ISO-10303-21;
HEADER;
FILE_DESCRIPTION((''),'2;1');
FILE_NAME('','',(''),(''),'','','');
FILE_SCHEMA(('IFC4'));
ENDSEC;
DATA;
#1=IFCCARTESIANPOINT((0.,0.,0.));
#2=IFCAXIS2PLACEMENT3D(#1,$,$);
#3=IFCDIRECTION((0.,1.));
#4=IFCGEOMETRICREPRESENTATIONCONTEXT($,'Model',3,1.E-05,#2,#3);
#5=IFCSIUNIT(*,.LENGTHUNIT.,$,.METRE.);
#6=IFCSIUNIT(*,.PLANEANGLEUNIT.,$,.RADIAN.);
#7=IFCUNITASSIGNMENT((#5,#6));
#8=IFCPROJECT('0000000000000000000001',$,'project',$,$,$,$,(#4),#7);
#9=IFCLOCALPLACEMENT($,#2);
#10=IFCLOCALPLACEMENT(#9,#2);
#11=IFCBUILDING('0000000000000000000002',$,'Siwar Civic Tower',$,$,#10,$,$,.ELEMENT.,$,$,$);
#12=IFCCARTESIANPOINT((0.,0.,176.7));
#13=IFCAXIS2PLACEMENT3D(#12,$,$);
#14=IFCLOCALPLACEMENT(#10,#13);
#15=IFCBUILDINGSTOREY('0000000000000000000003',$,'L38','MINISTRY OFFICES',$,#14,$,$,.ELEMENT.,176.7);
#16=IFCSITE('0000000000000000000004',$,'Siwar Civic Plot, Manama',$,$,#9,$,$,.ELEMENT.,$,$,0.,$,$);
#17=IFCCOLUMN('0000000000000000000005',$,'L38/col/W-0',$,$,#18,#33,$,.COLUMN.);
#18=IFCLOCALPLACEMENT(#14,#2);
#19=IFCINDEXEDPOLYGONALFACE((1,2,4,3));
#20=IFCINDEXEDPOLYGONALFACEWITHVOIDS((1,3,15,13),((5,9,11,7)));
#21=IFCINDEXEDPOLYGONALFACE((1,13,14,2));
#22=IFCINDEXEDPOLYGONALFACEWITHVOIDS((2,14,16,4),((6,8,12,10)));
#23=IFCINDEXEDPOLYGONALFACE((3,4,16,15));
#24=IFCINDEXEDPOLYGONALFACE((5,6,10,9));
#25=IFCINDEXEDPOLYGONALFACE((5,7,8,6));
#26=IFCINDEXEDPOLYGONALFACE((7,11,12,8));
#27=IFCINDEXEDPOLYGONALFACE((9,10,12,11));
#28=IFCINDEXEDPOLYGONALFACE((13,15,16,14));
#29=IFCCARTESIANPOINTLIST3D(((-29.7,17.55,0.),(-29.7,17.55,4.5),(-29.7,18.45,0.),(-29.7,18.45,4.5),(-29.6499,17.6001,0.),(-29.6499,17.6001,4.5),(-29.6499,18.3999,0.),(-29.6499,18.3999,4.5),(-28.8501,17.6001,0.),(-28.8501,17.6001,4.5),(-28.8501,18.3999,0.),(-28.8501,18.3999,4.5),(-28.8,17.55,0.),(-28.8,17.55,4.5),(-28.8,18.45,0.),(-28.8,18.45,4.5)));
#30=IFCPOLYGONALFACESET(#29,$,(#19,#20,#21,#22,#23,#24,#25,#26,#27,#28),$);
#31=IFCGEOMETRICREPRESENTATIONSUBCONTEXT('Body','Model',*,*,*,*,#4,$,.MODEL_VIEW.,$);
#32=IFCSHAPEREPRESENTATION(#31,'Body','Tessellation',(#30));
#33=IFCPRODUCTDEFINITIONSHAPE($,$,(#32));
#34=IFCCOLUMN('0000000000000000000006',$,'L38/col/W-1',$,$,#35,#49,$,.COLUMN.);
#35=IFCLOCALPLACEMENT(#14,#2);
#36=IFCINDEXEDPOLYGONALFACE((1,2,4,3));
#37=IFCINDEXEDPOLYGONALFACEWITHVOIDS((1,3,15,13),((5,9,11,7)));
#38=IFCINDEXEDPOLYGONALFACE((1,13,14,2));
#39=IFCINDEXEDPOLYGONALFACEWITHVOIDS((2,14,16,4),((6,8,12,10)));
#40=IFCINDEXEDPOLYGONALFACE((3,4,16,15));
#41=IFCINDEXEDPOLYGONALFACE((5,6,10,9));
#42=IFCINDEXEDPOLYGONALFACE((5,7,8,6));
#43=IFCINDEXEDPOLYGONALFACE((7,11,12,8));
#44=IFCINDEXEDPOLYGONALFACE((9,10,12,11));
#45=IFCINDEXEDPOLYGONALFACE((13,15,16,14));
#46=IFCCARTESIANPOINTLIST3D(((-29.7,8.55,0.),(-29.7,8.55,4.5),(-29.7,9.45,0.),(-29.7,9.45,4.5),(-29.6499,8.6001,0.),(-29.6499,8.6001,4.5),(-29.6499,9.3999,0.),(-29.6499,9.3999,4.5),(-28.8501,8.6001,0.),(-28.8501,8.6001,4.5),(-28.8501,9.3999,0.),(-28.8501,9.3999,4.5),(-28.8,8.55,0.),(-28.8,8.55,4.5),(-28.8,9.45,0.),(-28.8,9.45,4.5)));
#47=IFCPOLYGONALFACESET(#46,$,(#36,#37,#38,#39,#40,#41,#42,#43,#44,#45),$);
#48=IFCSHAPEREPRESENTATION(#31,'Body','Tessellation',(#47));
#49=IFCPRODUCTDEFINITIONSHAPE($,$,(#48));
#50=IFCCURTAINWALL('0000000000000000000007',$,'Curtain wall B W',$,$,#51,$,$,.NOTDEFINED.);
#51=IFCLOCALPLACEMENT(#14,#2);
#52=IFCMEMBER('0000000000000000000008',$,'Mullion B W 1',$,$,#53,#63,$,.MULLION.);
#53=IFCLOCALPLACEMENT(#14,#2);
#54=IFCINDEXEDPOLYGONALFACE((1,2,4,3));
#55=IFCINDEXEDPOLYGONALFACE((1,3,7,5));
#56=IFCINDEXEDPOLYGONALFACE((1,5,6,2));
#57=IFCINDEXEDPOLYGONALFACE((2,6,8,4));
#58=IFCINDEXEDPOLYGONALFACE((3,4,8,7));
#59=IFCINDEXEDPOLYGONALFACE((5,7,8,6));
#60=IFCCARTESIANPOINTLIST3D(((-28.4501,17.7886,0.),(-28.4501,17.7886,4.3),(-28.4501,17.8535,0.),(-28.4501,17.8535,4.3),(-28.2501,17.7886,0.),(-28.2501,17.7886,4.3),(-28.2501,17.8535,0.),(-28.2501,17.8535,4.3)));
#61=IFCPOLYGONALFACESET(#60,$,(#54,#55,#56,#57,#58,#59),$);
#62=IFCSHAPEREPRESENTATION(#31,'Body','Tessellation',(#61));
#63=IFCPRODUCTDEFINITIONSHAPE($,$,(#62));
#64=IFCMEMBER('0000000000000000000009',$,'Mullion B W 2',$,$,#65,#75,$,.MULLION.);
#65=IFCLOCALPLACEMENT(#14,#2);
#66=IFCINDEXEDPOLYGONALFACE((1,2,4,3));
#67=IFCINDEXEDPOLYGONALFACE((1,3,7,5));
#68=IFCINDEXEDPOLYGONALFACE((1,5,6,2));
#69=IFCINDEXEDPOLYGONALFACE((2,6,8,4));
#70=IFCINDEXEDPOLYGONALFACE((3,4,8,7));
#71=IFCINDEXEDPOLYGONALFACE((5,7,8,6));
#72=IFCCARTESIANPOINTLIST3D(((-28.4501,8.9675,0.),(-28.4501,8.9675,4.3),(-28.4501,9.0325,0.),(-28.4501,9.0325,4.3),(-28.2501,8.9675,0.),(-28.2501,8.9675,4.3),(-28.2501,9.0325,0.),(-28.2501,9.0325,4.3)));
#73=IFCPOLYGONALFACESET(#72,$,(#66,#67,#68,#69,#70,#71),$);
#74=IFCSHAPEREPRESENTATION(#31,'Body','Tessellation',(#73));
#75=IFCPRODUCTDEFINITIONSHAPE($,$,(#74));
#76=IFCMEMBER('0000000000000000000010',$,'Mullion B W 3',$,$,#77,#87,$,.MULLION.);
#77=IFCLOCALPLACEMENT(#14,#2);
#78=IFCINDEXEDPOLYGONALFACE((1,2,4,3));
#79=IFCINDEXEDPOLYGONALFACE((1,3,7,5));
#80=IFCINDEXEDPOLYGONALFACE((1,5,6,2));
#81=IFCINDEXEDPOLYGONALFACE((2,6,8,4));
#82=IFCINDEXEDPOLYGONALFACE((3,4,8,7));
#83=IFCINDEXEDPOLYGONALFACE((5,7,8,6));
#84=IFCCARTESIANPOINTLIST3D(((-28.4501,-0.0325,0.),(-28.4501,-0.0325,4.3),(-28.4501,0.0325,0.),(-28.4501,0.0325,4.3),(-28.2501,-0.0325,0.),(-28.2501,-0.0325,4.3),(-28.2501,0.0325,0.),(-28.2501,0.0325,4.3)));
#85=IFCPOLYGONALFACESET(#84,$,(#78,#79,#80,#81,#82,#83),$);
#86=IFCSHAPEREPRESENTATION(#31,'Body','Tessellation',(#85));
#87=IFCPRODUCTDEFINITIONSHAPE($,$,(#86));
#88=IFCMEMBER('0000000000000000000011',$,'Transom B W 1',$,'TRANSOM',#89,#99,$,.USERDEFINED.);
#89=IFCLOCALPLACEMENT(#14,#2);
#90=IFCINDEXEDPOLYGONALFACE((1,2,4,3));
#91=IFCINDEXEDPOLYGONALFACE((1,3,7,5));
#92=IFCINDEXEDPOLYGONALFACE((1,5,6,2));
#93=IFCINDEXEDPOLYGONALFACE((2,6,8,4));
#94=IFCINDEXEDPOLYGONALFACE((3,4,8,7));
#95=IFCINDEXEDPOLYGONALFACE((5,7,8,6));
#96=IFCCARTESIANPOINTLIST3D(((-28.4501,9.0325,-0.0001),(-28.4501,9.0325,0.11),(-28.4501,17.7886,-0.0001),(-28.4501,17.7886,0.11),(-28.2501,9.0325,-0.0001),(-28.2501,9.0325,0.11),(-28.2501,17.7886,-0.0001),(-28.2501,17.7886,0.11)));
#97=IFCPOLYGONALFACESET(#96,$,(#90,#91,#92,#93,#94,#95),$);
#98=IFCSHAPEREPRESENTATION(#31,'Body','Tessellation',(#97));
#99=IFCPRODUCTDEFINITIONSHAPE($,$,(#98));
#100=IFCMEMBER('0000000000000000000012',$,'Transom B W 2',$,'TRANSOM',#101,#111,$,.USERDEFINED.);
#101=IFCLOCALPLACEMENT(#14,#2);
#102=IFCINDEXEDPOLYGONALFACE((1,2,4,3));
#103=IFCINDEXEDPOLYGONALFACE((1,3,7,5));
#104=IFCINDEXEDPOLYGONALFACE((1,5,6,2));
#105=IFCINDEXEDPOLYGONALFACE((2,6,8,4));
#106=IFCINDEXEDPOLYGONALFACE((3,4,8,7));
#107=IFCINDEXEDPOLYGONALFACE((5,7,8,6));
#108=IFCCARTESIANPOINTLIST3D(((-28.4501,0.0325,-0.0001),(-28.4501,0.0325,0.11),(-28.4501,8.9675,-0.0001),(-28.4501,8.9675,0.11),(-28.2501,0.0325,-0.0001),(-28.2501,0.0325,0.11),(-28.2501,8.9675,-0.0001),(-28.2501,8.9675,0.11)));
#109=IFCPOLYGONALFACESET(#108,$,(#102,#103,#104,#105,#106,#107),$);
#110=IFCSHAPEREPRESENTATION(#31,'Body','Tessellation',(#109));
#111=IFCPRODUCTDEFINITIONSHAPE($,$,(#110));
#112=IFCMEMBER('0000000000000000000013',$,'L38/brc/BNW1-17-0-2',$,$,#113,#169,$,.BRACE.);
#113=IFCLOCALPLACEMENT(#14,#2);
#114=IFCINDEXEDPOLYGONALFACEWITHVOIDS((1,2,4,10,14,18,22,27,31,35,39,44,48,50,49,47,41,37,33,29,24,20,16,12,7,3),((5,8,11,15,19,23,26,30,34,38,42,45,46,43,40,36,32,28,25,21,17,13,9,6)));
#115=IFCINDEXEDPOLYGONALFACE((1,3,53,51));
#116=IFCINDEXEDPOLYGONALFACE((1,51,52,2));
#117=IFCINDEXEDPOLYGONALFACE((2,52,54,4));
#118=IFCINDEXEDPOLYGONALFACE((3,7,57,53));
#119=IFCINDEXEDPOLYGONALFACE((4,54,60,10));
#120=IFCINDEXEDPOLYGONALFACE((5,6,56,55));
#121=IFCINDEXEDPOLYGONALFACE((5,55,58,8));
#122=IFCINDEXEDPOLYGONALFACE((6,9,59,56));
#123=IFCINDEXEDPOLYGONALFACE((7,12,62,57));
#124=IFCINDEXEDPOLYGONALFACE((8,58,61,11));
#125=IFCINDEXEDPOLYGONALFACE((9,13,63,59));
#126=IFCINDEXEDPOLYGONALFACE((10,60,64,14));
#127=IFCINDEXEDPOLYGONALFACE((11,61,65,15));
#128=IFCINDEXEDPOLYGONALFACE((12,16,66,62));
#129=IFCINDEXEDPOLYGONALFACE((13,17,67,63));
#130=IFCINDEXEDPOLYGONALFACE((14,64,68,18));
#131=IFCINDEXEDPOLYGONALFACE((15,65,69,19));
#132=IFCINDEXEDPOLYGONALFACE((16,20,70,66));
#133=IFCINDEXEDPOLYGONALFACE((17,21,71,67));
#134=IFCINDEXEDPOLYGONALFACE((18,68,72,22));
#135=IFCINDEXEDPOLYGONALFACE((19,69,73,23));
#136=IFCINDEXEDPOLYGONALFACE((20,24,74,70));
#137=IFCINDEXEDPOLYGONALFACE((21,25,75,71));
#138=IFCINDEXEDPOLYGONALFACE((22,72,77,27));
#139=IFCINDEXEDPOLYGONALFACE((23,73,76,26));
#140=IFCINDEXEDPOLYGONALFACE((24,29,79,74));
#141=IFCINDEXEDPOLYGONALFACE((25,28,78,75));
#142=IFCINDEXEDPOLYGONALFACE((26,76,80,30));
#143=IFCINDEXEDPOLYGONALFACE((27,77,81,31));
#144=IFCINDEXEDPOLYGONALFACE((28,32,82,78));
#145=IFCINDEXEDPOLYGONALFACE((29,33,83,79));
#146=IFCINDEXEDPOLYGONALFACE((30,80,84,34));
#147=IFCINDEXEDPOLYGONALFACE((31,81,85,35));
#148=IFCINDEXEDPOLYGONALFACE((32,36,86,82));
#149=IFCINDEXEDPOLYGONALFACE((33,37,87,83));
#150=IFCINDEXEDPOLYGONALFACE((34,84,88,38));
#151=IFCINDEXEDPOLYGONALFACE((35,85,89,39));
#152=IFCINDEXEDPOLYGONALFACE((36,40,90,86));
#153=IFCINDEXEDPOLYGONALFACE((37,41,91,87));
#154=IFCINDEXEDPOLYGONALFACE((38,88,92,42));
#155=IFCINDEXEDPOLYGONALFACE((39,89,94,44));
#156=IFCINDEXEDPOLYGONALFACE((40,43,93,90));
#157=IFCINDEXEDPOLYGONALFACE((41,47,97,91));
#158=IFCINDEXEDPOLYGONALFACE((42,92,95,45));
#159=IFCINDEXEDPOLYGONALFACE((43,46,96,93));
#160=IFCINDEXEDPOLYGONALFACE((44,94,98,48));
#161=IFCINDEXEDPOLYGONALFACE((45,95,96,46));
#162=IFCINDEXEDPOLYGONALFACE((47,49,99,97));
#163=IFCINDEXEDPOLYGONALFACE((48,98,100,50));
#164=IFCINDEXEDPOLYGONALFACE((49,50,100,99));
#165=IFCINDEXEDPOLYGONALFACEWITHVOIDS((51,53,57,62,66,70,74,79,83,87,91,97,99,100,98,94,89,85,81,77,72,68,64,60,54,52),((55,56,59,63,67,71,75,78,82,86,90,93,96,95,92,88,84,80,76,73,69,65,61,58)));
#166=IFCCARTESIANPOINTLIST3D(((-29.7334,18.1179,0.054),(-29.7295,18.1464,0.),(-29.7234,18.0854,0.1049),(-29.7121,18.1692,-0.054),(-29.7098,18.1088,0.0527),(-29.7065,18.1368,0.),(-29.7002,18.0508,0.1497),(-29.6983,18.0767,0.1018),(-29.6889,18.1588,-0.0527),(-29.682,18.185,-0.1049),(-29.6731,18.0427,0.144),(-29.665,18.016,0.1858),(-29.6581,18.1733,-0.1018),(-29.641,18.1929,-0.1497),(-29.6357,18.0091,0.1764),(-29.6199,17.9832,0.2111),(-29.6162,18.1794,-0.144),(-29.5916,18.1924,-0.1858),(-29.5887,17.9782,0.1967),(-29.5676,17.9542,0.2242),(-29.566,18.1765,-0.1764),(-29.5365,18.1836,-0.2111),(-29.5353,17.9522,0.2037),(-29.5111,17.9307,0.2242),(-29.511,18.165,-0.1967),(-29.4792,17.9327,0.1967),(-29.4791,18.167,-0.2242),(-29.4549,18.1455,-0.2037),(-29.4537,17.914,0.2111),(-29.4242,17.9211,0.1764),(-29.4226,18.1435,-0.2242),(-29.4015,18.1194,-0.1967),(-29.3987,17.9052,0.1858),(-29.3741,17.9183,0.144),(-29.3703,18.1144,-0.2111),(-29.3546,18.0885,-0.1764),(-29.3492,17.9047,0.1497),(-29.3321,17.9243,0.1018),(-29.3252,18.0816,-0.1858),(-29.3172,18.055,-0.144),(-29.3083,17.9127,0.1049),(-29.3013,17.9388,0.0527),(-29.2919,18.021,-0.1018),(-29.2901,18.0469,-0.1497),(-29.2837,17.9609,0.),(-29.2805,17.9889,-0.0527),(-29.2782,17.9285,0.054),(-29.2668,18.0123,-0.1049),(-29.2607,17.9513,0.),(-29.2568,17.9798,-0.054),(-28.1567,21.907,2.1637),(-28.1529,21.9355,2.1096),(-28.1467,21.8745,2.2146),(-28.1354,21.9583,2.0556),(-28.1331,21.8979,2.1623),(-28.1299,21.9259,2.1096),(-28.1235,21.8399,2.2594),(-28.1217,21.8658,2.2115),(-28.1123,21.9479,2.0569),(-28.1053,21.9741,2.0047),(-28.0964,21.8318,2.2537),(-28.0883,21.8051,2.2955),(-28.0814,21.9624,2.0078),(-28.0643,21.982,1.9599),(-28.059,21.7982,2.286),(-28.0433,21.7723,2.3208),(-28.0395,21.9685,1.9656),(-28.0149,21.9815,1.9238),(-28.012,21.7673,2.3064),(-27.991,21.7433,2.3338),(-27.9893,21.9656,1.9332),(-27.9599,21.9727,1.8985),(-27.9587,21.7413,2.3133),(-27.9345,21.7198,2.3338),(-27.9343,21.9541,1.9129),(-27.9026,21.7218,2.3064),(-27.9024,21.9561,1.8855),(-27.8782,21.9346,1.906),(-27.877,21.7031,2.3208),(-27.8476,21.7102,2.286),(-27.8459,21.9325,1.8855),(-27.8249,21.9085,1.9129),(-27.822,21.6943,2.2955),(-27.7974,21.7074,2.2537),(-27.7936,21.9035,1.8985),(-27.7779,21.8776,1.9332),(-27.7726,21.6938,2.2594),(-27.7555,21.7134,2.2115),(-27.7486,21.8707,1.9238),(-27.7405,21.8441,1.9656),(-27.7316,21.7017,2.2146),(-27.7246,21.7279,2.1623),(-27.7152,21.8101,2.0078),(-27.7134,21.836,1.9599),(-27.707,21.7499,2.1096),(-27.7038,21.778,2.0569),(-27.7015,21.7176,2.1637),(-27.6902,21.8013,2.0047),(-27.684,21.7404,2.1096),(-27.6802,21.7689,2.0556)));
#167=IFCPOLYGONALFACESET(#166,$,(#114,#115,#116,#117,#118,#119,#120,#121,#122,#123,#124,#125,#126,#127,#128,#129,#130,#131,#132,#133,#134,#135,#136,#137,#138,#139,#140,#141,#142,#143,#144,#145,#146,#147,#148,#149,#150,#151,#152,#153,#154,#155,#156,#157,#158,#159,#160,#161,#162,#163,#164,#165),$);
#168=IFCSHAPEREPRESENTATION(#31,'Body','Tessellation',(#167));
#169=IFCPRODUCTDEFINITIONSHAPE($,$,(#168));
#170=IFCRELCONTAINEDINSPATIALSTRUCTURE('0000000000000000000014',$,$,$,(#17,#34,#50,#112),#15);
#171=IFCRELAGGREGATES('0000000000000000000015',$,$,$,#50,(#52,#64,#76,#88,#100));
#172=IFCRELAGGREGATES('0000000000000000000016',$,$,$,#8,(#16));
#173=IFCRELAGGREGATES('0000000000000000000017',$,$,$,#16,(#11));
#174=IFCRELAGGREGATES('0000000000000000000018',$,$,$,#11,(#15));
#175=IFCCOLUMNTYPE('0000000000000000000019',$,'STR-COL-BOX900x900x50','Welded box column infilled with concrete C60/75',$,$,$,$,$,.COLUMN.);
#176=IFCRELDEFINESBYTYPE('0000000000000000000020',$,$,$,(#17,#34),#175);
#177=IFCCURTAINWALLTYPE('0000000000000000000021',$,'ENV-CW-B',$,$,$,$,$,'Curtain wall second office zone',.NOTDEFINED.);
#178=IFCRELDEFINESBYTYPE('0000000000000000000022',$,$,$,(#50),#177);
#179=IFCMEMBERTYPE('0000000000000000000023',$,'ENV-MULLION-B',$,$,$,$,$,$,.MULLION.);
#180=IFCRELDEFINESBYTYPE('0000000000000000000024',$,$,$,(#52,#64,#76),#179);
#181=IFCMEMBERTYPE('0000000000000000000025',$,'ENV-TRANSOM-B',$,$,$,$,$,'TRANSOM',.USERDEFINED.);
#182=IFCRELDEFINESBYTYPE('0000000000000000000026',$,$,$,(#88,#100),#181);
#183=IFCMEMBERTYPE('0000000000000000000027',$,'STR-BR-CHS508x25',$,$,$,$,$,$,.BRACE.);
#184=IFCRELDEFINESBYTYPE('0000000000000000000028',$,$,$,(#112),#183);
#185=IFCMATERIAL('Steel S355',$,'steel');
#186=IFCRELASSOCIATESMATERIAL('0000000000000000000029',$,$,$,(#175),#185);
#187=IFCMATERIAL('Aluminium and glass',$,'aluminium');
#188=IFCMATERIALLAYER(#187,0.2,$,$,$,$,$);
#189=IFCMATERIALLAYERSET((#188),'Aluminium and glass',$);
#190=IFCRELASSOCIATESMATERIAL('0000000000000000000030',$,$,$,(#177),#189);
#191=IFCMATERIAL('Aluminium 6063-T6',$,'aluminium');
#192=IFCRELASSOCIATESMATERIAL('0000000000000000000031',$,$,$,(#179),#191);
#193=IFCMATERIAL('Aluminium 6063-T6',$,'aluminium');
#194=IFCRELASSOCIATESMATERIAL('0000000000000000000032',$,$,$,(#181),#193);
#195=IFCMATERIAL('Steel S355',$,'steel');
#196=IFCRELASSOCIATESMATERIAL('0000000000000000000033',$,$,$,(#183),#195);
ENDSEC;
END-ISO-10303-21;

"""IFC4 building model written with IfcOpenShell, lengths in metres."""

from ifc_helpers import new_model, si_unit, direction, frame, origin, origin_2d, place, context, subcontext, project, spatial, rectangle, hollow_rectangle, hollow_circle, extrude, material, layer, layer_set, material_profile, profile_set, type_object, element, aggregate, save


model = new_model("IFC4")

# Units and contexts
model_context = context("Model", 3, precision=1e-05, world=origin(), true_north=direction((0.0, 1.0)))
body_context = subcontext(model_context, "Body", "Model", "MODEL_VIEW")
ifc_project = project(units=[si_unit("LENGTHUNIT", "METRE"), si_unit("PLANEANGLEUNIT", "RADIAN")], contexts=[model_context])

# Site, building, storey
site_placement = place(None, origin())
site = spatial("IfcSite", under=ifc_project, at=site_placement, Name="Siwar Civic Plot, Manama", CompositionType="ELEMENT", RefElevation=0.0)
building_placement = place(site_placement, origin())
building = spatial("IfcBuilding", under=site, at=building_placement, Name="Siwar Civic Tower", CompositionType="ELEMENT")
storey_placement = place(building_placement, frame((0.0, 0.0, 176.7)))
storey = spatial("IfcBuildingStorey", under=building, at=storey_placement, Name="L38", Description="MINISTRY OFFICES", CompositionType="ELEMENT", Elevation=176.7)

# Columns
ifc_material_1 = material(Name="Steel S355", Category="steel")
ifc_material_profile_1 = material_profile(ifc_material_1, hollow_rectangle(XDim=0.8999, YDim=0.8999, WallThickness=0.05, at=origin_2d()), Name="BOX900x900x50")
ifc_profile_set_1 = profile_set([ifc_material_profile_1], Name="Steel S355")
column_type = type_object("IfcColumnType", Name="STR-COL-BOX900x900x50", Description="Welded box column infilled with concrete C60/75", PredefinedType="COLUMN", material=ifc_profile_set_1)
for number, where, z_axis, x_axis, name in (
    (1, (-29.25, 18.0, 0.0), (0.0, 0.0, 1.0), (1.0, 0.0, 0.0), "L38/col/W-0"),
    (2, (-29.25, 9.0, 0.0), (0.0, 0.0, 1.0), (1.0, 0.0, 0.0), "L38/col/W-1"),
):
    element("IfcColumn", number, at=place(storey_placement, frame(where, z_axis=z_axis, x_axis=x_axis)), inside=storey, type_object=column_type, Name=name, PredefinedType="COLUMN", context=body_context, shape_type="SweptSolid", body=[
        extrude(hollow_rectangle(XDim=0.8999, YDim=0.8999, WallThickness=0.05, at=origin_2d()), origin(), (0.0, 0.0, 1.0), 4.5),
    ])

# Curtain wall, members
ifc_material_2 = material(Name="Aluminium and glass", Category="aluminium")
ifc_layer_1 = layer(ifc_material_2, 0.2)
ifc_layer_set_1 = layer_set([ifc_layer_1], Name="Aluminium and glass")
curtain_wall_type = type_object("IfcCurtainWallType", Name="ENV-CW-B", ElementType="Curtain wall second office zone", PredefinedType="NOTDEFINED", material=ifc_layer_set_1)
curtain_wall_placement = place(storey_placement, origin())
curtain_wall = element("IfcCurtainWall", 3, at=curtain_wall_placement, inside=storey, type_object=curtain_wall_type, Name="Curtain wall B W", PredefinedType="NOTDEFINED")
ifc_material_3 = material(Name="Aluminium 6063-T6", Category="aluminium")
ifc_material_profile_2 = material_profile(ifc_material_3, rectangle(XDim=0.2, YDim=0.0649, at=origin_2d()), Name="AL 200x65")
ifc_profile_set_2 = profile_set([ifc_material_profile_2], Name="Aluminium 6063-T6")
member_type_1 = type_object("IfcMemberType", Name="ENV-MULLION-B", PredefinedType="MULLION", material=ifc_profile_set_2)
member_1_placement = place(storey_placement, frame((-28.3501, 17.821, 0.0), z_axis=(0.0, 0.0, 1.0), x_axis=(1.0, 0.0, 0.0)))
member_1 = element("IfcMember", 4, at=member_1_placement, type_object=member_type_1, Name="Mullion B W 1", PredefinedType="MULLION", context=body_context, shape_type="SweptSolid", body=[
    extrude(rectangle(XDim=0.2, YDim=0.0649, at=origin_2d()), origin(), (0.0, 0.0, 1.0), 4.3),
])
member_2_placement = place(storey_placement, frame((-28.3501, 9.0, 0.0), z_axis=(0.0, 0.0, 1.0), x_axis=(1.0, 0.0, 0.0)))
member_2 = element("IfcMember", 5, at=member_2_placement, type_object=member_type_1, Name="Mullion B W 2", PredefinedType="MULLION", context=body_context, shape_type="SweptSolid", body=[
    extrude(rectangle(XDim=0.2, YDim=0.0649, at=origin_2d()), origin(), (0.0, 0.0, 1.0), 4.3),
])
member_3_placement = place(storey_placement, frame((-28.3501, 0.0, 0.0), z_axis=(0.0, 0.0, 1.0), x_axis=(1.0, 0.0, 0.0)))
member_3 = element("IfcMember", 6, at=member_3_placement, type_object=member_type_1, Name="Mullion B W 3", PredefinedType="MULLION", context=body_context, shape_type="SweptSolid", body=[
    extrude(rectangle(XDim=0.2, YDim=0.0649, at=origin_2d()), origin(), (0.0, 0.0, 1.0), 4.3),
])
ifc_material_4 = material(Name="Aluminium 6063-T6", Category="aluminium")
ifc_material_profile_3 = material_profile(ifc_material_4, rectangle(XDim=0.2, YDim=0.1101, at=origin_2d()), Name="AL 200x110")
ifc_profile_set_3 = profile_set([ifc_material_profile_3], Name="Aluminium 6063-T6")
member_type_2 = type_object("IfcMemberType", Name="ENV-TRANSOM-B", ElementType="TRANSOM", PredefinedType="USERDEFINED", material=ifc_profile_set_3)
member_4_placement = place(storey_placement, frame((-28.3501, 17.7886, 0.0549), z_axis=(0.0, -1.0, 0.0), x_axis=(1.0, 0.0, 0.0)))
member_4 = element("IfcMember", 7, at=member_4_placement, type_object=member_type_2, Name="Transom B W 1", ObjectType="TRANSOM", PredefinedType="USERDEFINED", context=body_context, shape_type="SweptSolid", body=[
    extrude(rectangle(XDim=0.2, YDim=0.1101, at=origin_2d()), origin(), (0.0, 0.0, 1.0), 8.7561),
])
member_5_placement = place(storey_placement, frame((-28.3501, 8.9675, 0.0549), z_axis=(0.0, -1.0, 0.0), x_axis=(1.0, 0.0, 0.0)))
member_5 = element("IfcMember", 8, at=member_5_placement, type_object=member_type_2, Name="Transom B W 2", ObjectType="TRANSOM", PredefinedType="USERDEFINED", context=body_context, shape_type="SweptSolid", body=[
    extrude(rectangle(XDim=0.2, YDim=0.1101, at=origin_2d()), origin(), (0.0, 0.0, 1.0), 8.9351),
])

# Member
ifc_material_5 = material(Name="Steel S355", Category="steel")
ifc_material_profile_4 = material_profile(ifc_material_5, hollow_circle(Radius=0.2539, WallThickness=0.0249, at=origin_2d()), Name="CHS508x25")
ifc_profile_set_4 = profile_set([ifc_material_profile_4], Name="Steel S355")
member_type_3 = type_object("IfcMemberType", Name="STR-BR-CHS508x25", PredefinedType="BRACE", material=ifc_profile_set_4)
member_6_placement = place(storey_placement, frame((-29.4951, 18.0488, 0.0), z_axis=(0.341677, 0.821126, 0.457175), x_axis=(-0.92326, 0.384176, 0.0)))
element("IfcMember", 9, at=member_6_placement, inside=storey, type_object=member_type_3, Name="L38/brc/BNW1-17-0-2", PredefinedType="BRACE", context=body_context, shape_type="SweptSolid", body=[
    extrude(hollow_circle(Radius=0.2539, WallThickness=0.0249, at=origin_2d()), origin(), (0.0, 0.0, 1.0), 4.6145),
])

aggregate(curtain_wall, [member_1, member_2, member_3, member_4, member_5])

save(model, "model.ifc")
